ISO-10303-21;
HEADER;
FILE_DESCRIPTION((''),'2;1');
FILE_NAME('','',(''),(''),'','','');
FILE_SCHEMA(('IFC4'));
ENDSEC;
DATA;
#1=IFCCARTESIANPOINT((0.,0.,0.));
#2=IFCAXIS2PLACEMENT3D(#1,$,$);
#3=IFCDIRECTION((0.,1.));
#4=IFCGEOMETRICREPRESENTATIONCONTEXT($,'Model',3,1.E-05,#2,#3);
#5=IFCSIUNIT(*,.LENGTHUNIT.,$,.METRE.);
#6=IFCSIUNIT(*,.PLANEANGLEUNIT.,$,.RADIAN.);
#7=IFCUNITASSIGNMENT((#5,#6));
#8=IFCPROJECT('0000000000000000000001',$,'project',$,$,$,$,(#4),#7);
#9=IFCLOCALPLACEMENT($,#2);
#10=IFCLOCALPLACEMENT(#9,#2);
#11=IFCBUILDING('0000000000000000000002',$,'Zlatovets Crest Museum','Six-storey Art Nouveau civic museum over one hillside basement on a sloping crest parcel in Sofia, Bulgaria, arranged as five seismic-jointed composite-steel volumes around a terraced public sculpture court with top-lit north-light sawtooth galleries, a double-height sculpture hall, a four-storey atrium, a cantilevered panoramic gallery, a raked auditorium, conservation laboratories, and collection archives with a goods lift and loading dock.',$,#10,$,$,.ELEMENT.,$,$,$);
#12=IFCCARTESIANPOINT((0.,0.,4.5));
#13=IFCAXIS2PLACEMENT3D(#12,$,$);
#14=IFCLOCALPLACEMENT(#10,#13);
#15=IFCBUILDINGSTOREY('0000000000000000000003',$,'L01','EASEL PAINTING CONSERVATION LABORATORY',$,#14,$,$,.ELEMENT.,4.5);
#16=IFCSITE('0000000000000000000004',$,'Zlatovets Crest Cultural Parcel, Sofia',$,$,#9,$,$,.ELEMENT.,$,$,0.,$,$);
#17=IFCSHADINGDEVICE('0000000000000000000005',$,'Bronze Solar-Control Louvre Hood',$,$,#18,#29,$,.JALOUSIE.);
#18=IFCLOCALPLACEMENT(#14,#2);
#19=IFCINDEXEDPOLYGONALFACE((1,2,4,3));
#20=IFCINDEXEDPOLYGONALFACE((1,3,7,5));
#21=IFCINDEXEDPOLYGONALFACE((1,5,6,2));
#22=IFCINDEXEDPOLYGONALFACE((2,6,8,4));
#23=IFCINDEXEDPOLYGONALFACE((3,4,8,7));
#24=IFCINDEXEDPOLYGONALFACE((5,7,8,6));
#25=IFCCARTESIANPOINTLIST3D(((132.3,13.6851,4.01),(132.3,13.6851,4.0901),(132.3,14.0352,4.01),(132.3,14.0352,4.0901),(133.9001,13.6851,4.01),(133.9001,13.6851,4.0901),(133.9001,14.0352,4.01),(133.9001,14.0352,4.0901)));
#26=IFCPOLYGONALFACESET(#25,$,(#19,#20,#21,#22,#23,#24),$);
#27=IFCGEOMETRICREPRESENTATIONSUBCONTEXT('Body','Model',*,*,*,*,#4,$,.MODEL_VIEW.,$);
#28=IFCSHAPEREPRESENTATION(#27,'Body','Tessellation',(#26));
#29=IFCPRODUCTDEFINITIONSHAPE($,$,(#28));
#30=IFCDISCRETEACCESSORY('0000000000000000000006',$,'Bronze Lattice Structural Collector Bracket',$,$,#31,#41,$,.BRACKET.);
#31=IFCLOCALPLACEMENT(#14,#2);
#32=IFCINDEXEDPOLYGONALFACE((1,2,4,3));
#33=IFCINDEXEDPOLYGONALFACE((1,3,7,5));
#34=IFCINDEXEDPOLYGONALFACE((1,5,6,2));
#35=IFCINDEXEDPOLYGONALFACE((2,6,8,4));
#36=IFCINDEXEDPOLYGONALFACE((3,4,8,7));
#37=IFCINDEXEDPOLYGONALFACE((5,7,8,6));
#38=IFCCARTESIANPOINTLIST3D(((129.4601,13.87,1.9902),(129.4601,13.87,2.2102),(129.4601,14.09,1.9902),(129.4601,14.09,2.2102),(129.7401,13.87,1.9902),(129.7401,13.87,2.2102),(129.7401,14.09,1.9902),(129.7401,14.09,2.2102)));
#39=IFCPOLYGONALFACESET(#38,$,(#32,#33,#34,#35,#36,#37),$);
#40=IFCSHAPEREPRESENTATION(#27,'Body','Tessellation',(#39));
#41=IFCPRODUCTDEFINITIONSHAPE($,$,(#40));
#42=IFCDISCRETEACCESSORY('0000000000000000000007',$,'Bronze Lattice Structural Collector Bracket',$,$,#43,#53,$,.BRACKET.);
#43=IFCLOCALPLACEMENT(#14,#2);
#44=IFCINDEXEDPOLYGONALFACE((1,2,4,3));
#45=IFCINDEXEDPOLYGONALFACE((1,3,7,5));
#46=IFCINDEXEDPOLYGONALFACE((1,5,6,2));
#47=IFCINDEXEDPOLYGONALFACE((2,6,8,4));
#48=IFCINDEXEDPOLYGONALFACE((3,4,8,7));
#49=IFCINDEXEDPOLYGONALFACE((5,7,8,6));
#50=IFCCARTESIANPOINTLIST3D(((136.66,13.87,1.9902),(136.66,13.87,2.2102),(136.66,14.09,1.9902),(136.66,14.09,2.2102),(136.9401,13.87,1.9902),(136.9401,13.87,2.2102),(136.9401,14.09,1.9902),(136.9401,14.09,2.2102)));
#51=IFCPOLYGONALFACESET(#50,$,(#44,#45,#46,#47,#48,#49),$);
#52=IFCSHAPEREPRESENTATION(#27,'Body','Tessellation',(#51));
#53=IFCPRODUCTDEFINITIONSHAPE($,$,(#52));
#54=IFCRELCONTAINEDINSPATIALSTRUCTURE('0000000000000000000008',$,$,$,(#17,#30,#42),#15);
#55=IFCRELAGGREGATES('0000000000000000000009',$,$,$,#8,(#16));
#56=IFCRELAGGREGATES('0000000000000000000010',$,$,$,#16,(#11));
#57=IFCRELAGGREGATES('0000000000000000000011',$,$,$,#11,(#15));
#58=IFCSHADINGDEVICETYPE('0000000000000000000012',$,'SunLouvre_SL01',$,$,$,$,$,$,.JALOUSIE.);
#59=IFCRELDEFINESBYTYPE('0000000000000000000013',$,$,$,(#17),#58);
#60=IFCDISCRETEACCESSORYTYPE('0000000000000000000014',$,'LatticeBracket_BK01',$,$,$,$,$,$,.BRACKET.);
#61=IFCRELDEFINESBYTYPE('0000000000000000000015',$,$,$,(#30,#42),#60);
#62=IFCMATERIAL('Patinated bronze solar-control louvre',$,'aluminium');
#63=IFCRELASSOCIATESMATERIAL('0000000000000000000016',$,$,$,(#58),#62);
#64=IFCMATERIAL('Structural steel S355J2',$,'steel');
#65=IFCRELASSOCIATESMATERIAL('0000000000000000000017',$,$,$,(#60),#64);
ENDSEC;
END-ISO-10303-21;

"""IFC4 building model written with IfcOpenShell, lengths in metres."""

from ifc_helpers import new_model, si_unit, direction, frame, origin, origin_2d, place, context, subcontext, project, spatial, rectangle, extrude, material, type_object, element, save


model = new_model("IFC4")

# Units and contexts
model_context = context("Model", 3, precision=1e-05, world=origin(), true_north=direction((0.0, 1.0)))
body_context = subcontext(model_context, "Body", "Model", "MODEL_VIEW")
ifc_project = project(units=[si_unit("LENGTHUNIT", "METRE"), si_unit("PLANEANGLEUNIT", "RADIAN")], contexts=[model_context])

# Site, building, storey
site_placement = place(None, origin())
site = spatial("IfcSite", under=ifc_project, at=site_placement, Name="Zlatovets Crest Cultural Parcel, Sofia", CompositionType="ELEMENT", RefElevation=0.0)
building_placement = place(site_placement, origin())
building = spatial("IfcBuilding", under=site, at=building_placement, Name="Zlatovets Crest Museum", Description="Six-storey Art Nouveau civic museum over one hillside basement on a sloping crest parcel in Sofia, Bulgaria, arranged as five seismic-jointed composite-steel volumes around a terraced public sculpture court with top-lit north-light sawtooth galleries, a double-height sculpture hall, a four-storey atrium, a cantilevered panoramic gallery, a raked auditorium, conservation laboratories, and collection archives with a goods lift and loading dock.", CompositionType="ELEMENT")
storey_placement = place(building_placement, frame((0.0, 0.0, 4.5)))
storey = spatial("IfcBuildingStorey", under=building, at=storey_placement, Name="L01", Description="EASEL PAINTING CONSERVATION LABORATORY", CompositionType="ELEMENT", Elevation=4.5)

# Shared definitions
ifc_material_1 = material(Name="Structural steel S355J2", Category="steel")

# Shading device
ifc_material_2 = material(Name="Patinated bronze solar-control louvre", Category="aluminium")
shading_device_type = type_object("IfcShadingDeviceType", Name="SunLouvre_SL01", PredefinedType="JALOUSIE", material=ifc_material_2)
shading_device_placement = place(storey_placement, frame((133.1001, 13.8601, 4.01), z_axis=(0.0, 0.0, 1.0), x_axis=(1.0, 0.0, 0.0)))
element("IfcShadingDevice", 1, at=shading_device_placement, inside=storey, type_object=shading_device_type, Name="Bronze Solar-Control Louvre Hood", PredefinedType="JALOUSIE", context=body_context, shape_type="SweptSolid", body=[
    extrude(rectangle(XDim=1.6001, YDim=0.3501, at=origin_2d()), origin(), (0.0, 0.0, 1.0), 0.0801),
])

# Discrete accessories
discrete_accessory_type = type_object("IfcDiscreteAccessoryType", Name="LatticeBracket_BK01", PredefinedType="BRACKET", material=ifc_material_1)
for number, where, z_axis, x_axis, name in (
    (2, (129.6001, 13.98, 1.9902), (0.0, 0.0, 1.0), (1.0, 0.0, 0.0), "Bronze Lattice Structural Collector Bracket"),
    (3, (136.8, 13.98, 1.9902), (0.0, 0.0, 1.0), (1.0, 0.0, 0.0), "Bronze Lattice Structural Collector Bracket"),
):
    element("IfcDiscreteAccessory", number, at=place(storey_placement, frame(where, z_axis=z_axis, x_axis=x_axis)), inside=storey, type_object=discrete_accessory_type, Name=name, PredefinedType="BRACKET", context=body_context, shape_type="SweptSolid", body=[
        extrude(rectangle(XDim=0.28, YDim=0.22, at=origin_2d()), origin(), (0.0, 0.0, 1.0), 0.22),
    ])

save(model, "model.ifc")
